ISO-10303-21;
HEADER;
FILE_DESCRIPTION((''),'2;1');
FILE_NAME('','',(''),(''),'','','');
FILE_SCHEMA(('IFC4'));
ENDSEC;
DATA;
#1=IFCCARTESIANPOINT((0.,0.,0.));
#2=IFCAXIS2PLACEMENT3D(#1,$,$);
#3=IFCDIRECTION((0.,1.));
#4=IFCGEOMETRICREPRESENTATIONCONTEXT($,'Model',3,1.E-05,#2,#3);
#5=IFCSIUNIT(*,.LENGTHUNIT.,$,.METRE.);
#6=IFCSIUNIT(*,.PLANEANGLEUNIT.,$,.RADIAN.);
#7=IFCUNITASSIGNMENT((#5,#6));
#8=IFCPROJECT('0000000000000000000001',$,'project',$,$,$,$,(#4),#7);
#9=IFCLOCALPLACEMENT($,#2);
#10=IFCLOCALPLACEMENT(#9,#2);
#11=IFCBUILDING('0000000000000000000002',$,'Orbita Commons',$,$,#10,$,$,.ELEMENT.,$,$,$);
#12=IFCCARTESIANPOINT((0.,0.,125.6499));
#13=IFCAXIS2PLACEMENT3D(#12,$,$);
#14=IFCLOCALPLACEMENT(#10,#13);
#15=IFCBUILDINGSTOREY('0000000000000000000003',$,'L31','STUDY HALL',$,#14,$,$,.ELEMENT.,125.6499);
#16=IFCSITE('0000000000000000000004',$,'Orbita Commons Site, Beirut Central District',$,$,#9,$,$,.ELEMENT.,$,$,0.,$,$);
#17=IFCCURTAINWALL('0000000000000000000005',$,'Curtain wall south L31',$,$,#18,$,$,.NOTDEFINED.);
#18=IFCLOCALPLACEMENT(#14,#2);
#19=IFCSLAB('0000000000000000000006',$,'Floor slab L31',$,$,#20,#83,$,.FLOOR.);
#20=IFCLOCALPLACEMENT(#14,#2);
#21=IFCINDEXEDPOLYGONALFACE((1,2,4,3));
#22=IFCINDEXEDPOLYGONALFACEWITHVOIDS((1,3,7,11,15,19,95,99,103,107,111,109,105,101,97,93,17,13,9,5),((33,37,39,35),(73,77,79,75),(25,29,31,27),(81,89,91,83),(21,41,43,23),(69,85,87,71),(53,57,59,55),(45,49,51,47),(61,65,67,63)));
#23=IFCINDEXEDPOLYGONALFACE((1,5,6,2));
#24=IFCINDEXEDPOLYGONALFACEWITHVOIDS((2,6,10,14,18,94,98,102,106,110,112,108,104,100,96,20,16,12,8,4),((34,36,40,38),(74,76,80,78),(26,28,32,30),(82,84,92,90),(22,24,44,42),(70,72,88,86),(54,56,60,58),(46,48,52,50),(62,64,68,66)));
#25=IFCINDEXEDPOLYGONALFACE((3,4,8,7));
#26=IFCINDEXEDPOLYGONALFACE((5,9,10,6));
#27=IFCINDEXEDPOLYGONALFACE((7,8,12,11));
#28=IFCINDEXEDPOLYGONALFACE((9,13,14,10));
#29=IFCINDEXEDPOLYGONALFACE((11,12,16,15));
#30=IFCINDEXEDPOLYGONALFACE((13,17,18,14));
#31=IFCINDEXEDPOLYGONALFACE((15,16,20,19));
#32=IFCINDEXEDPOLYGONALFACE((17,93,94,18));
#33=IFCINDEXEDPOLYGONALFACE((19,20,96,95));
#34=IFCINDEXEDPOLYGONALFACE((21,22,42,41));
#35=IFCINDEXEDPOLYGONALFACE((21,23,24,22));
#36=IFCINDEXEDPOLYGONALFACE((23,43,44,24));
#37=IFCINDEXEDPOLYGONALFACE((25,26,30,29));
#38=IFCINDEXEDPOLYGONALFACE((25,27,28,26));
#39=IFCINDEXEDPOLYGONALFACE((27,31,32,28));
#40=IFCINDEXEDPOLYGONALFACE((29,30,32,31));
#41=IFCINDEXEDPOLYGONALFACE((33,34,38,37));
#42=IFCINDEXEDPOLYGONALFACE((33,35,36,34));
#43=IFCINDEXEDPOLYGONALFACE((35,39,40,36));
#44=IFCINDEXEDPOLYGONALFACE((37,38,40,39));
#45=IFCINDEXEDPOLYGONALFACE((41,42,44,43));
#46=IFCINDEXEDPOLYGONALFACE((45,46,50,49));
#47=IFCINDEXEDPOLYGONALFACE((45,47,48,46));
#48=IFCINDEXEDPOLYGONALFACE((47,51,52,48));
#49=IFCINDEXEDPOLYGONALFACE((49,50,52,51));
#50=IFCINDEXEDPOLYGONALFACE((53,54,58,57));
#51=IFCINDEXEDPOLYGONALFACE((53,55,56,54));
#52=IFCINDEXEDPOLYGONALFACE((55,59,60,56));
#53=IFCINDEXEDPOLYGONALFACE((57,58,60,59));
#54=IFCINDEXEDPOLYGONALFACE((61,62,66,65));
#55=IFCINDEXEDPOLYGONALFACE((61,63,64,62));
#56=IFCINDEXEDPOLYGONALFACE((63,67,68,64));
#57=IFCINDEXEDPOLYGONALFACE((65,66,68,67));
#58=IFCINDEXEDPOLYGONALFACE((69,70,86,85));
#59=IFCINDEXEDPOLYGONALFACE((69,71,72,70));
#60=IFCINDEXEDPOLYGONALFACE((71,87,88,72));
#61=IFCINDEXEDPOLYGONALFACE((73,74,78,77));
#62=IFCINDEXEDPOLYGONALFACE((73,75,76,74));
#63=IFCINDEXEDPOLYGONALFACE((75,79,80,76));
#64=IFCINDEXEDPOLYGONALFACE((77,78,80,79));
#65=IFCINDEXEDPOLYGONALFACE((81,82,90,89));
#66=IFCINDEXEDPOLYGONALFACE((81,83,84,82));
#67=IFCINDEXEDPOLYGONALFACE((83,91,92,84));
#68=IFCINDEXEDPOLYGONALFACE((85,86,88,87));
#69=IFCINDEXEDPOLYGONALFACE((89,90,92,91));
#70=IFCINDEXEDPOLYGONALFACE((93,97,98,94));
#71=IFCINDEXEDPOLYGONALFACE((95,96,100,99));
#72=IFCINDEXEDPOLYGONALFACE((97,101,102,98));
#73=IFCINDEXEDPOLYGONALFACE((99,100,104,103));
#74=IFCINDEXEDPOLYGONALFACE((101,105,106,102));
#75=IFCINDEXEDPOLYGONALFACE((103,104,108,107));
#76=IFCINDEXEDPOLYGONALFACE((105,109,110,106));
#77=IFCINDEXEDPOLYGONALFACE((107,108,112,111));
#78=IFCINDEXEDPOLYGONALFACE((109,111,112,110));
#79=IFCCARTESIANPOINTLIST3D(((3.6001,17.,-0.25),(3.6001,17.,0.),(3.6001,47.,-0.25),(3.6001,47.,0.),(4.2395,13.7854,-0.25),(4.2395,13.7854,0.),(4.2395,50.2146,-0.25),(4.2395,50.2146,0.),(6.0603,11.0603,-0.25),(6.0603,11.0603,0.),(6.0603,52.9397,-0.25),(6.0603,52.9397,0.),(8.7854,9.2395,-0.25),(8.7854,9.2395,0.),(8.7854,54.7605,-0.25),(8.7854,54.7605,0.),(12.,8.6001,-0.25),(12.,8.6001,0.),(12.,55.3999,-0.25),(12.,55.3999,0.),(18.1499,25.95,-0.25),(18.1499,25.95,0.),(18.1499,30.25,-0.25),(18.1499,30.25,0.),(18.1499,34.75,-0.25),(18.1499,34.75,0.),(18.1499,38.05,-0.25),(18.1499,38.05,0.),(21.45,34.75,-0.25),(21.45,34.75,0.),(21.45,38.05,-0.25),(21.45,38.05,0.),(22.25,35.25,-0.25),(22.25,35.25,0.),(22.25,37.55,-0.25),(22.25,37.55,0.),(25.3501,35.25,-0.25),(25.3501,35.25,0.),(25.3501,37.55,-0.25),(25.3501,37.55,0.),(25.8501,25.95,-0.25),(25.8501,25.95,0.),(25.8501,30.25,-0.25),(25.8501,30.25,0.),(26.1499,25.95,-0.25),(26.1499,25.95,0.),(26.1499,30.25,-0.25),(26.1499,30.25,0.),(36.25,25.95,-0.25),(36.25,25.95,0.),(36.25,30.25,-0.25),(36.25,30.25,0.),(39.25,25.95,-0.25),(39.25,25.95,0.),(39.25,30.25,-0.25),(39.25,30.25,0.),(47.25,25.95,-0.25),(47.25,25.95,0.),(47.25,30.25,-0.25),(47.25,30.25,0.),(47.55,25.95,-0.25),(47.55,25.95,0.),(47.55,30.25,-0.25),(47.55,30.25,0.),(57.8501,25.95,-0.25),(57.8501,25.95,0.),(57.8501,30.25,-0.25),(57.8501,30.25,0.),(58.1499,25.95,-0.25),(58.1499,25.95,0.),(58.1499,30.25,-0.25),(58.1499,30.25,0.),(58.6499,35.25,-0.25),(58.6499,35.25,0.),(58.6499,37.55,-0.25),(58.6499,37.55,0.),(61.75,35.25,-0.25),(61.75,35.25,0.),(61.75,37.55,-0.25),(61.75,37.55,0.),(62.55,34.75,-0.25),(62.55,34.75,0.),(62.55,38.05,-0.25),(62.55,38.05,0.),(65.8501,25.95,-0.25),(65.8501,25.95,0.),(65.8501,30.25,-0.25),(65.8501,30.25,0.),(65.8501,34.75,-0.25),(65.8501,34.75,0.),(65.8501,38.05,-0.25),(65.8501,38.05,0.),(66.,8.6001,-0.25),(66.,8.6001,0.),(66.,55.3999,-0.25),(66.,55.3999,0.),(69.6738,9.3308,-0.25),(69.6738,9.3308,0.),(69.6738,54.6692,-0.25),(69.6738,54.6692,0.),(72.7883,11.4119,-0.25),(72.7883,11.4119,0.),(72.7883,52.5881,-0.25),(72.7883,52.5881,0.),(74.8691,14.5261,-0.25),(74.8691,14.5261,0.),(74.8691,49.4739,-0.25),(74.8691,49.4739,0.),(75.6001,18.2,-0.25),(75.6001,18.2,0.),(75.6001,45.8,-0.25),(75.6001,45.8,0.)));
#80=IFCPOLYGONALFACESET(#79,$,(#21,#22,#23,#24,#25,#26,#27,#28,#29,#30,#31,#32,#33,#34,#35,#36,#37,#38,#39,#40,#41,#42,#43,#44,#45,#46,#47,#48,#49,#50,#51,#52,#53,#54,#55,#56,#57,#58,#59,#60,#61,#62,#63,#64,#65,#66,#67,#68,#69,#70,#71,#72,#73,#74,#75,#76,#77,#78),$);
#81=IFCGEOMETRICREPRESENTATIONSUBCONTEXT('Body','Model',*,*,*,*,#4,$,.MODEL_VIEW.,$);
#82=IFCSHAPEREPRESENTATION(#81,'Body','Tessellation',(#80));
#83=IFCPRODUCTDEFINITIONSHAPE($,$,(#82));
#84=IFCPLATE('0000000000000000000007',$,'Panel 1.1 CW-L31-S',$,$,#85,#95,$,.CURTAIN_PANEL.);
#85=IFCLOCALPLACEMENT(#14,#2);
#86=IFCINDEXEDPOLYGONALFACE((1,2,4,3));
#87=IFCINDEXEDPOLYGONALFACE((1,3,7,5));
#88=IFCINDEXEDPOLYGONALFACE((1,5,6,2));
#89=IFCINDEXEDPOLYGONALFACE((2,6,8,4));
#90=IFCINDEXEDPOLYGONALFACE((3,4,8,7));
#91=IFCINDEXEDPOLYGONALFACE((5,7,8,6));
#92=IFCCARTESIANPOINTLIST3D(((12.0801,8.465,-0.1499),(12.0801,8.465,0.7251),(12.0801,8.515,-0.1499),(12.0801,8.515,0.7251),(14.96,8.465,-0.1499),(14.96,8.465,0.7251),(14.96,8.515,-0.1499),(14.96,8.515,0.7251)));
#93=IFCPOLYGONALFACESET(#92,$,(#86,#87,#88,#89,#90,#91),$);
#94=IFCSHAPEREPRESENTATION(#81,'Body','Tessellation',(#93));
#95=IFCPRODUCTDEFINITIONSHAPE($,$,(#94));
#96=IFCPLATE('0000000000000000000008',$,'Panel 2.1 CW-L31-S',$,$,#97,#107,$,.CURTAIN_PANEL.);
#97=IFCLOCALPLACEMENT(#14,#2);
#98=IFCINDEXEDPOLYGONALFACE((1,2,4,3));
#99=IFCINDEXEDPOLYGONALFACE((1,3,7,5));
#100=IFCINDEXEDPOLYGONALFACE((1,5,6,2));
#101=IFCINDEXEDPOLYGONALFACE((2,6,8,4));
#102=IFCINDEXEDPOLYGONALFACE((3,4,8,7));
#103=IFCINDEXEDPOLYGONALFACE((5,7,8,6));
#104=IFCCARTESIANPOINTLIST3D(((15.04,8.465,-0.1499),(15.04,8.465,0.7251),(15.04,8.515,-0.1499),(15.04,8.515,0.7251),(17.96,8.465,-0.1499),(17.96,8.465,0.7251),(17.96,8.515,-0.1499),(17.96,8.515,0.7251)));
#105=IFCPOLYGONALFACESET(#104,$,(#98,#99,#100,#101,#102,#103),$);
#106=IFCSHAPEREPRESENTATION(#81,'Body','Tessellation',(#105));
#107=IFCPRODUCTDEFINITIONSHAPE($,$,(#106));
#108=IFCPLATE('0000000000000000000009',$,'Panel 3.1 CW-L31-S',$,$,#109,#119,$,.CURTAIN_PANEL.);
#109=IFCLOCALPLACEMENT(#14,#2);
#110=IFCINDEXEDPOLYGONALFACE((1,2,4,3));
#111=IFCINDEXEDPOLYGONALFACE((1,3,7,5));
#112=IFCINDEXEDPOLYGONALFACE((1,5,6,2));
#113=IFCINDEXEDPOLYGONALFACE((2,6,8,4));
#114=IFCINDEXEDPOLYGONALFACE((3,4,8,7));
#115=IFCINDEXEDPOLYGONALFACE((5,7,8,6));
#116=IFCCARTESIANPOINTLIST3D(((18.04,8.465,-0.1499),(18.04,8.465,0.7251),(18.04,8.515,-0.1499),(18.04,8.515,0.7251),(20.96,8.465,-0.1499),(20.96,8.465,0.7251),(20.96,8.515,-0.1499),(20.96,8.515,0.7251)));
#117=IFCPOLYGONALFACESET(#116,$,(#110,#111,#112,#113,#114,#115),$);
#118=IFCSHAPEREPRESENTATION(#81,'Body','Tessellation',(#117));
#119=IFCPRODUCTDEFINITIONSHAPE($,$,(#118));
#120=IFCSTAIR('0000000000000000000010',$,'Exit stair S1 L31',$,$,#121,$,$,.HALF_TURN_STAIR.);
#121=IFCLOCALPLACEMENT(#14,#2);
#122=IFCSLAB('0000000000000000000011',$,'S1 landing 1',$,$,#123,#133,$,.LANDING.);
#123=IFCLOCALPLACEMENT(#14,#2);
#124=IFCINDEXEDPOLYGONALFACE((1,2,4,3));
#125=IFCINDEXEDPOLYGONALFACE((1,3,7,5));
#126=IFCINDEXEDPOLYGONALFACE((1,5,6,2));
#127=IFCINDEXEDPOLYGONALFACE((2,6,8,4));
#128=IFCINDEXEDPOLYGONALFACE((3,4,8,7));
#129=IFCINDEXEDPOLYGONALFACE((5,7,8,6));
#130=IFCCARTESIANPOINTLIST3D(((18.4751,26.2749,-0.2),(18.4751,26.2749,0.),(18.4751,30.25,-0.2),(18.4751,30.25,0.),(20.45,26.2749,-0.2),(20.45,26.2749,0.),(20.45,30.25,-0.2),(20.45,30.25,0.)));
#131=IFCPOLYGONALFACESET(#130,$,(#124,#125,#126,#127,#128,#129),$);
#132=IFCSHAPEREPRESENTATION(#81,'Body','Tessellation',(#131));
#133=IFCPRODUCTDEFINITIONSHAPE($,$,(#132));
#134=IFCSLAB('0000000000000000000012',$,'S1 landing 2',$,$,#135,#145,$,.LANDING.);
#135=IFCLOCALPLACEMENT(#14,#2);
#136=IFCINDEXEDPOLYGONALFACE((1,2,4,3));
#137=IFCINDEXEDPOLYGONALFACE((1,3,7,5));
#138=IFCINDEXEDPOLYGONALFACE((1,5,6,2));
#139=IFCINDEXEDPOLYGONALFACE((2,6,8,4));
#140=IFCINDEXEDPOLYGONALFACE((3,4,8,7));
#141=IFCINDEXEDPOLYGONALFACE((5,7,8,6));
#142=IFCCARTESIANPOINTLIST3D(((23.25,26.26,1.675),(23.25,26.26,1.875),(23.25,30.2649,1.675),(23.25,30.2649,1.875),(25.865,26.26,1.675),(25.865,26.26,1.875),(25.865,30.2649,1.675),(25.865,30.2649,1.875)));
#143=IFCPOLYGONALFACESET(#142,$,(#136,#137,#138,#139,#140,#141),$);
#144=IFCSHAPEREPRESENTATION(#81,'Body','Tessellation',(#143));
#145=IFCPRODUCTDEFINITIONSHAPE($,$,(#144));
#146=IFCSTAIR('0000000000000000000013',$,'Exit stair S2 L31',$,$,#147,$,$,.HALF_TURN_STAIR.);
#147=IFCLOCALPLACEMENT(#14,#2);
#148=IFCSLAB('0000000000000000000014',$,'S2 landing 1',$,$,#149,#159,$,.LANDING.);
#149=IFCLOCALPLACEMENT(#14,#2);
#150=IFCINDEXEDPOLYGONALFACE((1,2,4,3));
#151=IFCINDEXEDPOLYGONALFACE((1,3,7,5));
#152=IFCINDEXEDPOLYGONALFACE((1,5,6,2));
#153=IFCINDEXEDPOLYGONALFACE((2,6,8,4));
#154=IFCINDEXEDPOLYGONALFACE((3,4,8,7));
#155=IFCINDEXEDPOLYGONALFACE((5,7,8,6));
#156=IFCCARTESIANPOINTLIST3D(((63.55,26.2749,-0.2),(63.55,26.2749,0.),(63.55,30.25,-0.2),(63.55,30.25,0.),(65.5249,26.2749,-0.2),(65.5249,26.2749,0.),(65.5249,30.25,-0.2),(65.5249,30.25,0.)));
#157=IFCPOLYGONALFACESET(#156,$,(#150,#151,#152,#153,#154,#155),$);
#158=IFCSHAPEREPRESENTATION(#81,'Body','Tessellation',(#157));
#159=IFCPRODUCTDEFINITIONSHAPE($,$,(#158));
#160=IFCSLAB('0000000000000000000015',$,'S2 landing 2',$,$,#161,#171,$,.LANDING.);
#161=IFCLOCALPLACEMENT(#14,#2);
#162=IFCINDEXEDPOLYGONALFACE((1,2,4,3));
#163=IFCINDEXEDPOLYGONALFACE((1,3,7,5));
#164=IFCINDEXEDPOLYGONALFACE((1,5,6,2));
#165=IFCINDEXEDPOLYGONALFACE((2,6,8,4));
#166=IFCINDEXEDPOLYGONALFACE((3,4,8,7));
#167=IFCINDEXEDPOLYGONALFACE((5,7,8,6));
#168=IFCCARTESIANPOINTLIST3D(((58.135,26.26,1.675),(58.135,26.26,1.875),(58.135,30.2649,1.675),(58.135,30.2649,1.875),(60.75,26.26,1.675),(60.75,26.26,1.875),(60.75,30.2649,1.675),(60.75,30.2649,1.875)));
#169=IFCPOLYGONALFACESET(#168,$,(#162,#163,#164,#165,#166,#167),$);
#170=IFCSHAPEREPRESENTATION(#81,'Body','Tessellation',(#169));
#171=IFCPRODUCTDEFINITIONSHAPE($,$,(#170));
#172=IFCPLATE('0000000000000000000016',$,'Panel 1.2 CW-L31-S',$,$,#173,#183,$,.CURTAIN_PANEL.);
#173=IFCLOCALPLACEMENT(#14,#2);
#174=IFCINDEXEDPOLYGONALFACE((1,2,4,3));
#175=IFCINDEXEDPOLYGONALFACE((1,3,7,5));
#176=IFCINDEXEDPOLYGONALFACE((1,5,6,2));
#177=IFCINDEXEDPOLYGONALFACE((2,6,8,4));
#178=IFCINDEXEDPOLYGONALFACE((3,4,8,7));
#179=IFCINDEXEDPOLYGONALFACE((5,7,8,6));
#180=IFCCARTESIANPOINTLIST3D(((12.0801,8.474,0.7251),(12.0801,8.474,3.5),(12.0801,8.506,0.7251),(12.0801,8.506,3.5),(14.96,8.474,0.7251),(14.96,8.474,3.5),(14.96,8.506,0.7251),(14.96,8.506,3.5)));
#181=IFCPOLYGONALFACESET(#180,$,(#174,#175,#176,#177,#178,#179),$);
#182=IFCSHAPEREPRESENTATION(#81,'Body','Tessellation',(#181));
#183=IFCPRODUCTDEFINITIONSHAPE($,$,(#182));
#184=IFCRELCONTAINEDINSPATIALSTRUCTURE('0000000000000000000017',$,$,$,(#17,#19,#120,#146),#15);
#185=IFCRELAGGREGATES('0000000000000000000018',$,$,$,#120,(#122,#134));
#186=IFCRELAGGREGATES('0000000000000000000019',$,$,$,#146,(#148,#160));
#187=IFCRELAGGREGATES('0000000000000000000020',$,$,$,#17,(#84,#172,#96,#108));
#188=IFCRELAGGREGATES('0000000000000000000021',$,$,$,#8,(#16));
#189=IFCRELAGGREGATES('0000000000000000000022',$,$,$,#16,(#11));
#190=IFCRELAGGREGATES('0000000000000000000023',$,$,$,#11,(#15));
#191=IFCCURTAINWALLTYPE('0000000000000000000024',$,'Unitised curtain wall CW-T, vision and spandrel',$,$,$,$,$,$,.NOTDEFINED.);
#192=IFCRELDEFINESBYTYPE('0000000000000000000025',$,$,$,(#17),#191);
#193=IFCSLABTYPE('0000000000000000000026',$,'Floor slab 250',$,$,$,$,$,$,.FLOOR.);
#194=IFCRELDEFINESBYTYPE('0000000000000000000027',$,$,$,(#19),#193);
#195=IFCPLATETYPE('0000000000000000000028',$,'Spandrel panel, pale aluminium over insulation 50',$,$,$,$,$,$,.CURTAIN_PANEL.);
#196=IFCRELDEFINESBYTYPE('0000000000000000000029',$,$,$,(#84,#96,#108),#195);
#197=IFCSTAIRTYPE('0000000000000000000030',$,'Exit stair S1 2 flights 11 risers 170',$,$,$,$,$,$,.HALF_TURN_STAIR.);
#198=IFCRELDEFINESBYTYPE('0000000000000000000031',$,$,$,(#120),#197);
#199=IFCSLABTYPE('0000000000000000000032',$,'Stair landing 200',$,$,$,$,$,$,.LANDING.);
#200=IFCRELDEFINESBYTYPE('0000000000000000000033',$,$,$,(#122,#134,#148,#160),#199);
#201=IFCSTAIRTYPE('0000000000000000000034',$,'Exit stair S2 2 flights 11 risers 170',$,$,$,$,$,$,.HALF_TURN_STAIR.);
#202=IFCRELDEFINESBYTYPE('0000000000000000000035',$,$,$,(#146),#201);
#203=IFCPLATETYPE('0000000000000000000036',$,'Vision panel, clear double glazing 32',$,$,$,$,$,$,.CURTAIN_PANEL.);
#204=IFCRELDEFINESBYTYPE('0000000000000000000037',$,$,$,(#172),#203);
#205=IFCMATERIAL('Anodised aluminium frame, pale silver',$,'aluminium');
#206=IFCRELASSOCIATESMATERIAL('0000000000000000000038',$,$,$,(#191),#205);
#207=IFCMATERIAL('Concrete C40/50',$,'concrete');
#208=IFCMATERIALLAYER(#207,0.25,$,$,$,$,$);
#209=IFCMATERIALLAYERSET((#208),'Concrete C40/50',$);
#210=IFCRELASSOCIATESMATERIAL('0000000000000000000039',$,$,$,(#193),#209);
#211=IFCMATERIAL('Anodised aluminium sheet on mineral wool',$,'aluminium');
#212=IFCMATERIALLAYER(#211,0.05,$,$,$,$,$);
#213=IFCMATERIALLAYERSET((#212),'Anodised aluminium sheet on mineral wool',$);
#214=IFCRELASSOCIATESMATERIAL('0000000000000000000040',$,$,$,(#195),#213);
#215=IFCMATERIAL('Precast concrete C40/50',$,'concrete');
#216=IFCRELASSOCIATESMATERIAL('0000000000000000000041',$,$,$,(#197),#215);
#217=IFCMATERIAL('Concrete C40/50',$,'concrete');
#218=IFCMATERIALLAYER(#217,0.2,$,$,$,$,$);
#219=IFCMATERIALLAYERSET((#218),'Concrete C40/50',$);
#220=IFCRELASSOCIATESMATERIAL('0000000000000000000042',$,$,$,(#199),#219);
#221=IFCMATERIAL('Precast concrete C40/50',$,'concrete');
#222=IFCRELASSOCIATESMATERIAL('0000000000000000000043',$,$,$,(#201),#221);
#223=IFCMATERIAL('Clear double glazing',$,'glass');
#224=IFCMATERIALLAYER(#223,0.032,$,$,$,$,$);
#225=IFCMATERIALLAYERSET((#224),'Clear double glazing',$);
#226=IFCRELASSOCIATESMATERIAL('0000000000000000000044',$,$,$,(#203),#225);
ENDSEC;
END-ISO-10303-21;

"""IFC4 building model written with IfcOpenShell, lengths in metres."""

from ifc_helpers import new_model, si_unit, direction, frame, origin, origin_2d, place, context, subcontext, project, spatial, polyline, rectangle, outline, extrude, material, layer, layer_set, type_object, element, aggregate, save


model = new_model("IFC4")

# Units and contexts
model_context = context("Model", 3, precision=1e-05, world=origin(), true_north=direction((0.0, 1.0)))
body_context = subcontext(model_context, "Body", "Model", "MODEL_VIEW")
ifc_project = project(units=[si_unit("LENGTHUNIT", "METRE"), si_unit("PLANEANGLEUNIT", "RADIAN")], contexts=[model_context])

# Site, building, storey
site_placement = place(None, origin())
site = spatial("IfcSite", under=ifc_project, at=site_placement, Name="Orbita Commons Site, Beirut Central District", CompositionType="ELEMENT", RefElevation=0.0)
building_placement = place(site_placement, origin())
building = spatial("IfcBuilding", under=site, at=building_placement, Name="Orbita Commons", CompositionType="ELEMENT")
storey_placement = place(building_placement, frame((0.0, 0.0, 125.6499)))
storey = spatial("IfcBuildingStorey", under=building, at=storey_placement, Name="L31", Description="STUDY HALL", CompositionType="ELEMENT", Elevation=125.6499)

# Curtain wall
ifc_material_1 = material(Name="Anodised aluminium frame, pale silver", Category="aluminium")
curtain_wall_type = type_object("IfcCurtainWallType", Name="Unitised curtain wall CW-T, vision and spandrel", PredefinedType="NOTDEFINED", material=ifc_material_1)
curtain_wall_placement = place(storey_placement, origin())
curtain_wall = element("IfcCurtainWall", 1, at=curtain_wall_placement, inside=storey, type_object=curtain_wall_type, Name="Curtain wall south L31", PredefinedType="NOTDEFINED")

# Slab
ifc_material_2 = material(Name="Concrete C40/50", Category="concrete")
ifc_layer_1 = layer(ifc_material_2, 0.25)
ifc_layer_set_1 = layer_set([ifc_layer_1], Name="Concrete C40/50")
slab_type_1 = type_object("IfcSlabType", Name="Floor slab 250", PredefinedType="FLOOR", material=ifc_layer_set_1)
slab_1_placement = place(storey_placement, frame((0.0, 0.0, -0.25)))
element("IfcSlab", 2, at=slab_1_placement, inside=storey, type_object=slab_type_1, Name="Floor slab L31", PredefinedType="FLOOR", context=body_context, shape_type="SweptSolid", body=[
    extrude(outline(polyline([(66.0, 8.6001), (69.6738, 9.3308), (72.7883, 11.4119), (74.8691, 14.5261), (75.6001, 18.2), (75.6001, 45.8), (74.8691, 49.4739), (72.7883, 52.5881), (69.6738, 54.6692), (66.0, 55.3999), (12.0, 55.3999), (8.7854, 54.7605), (6.0603, 52.9397), (4.2395, 50.2146), (3.6001, 47.0), (3.6001, 17.0), (4.2395, 13.7854), (6.0603, 11.0603), (8.7854, 9.2395), (12.0, 8.6001), (66.0, 8.6001)]), holes=[polyline([(18.1499, 25.95), (25.8501, 25.95), (25.8501, 30.25), (18.1499, 30.25), (18.1499, 25.95)]), polyline([(58.1499, 25.95), (65.8501, 25.95), (65.8501, 30.25), (58.1499, 30.25), (58.1499, 25.95)]), polyline([(18.1499, 34.75), (21.45, 34.75), (21.45, 38.05), (18.1499, 38.05), (18.1499, 34.75)]), polyline([(62.55, 34.75), (65.8501, 34.75), (65.8501, 38.05), (62.55, 38.05), (62.55, 34.75)]), polyline([(22.25, 35.25), (25.3501, 35.25), (25.3501, 37.55), (22.25, 37.55), (22.25, 35.25)]), polyline([(58.6499, 35.25), (61.75, 35.25), (61.75, 37.55), (58.6499, 37.55), (58.6499, 35.25)]), polyline([(26.1499, 25.95), (36.25, 25.95), (36.25, 30.25), (26.1499, 30.25), (26.1499, 25.95)]), polyline([(39.25, 25.95), (47.25, 25.95), (47.25, 30.25), (39.25, 30.25), (39.25, 25.95)]), polyline([(47.55, 25.95), (57.8501, 25.95), (57.8501, 30.25), (47.55, 30.25), (47.55, 25.95)])]), origin(), (0.0, 0.0, 1.0), 0.25),
])

# Plates
ifc_material_3 = material(Name="Anodised aluminium sheet on mineral wool", Category="aluminium")
ifc_layer_2 = layer(ifc_material_3, 0.05)
ifc_layer_set_2 = layer_set([ifc_layer_2], Name="Anodised aluminium sheet on mineral wool")
plate_type_1 = type_object("IfcPlateType", Name="Spandrel panel, pale aluminium over insulation 50", PredefinedType="CURTAIN_PANEL", material=ifc_layer_set_2)
plate_1_placement = place(storey_placement, frame((13.52, 8.49, -0.1499), z_axis=(0.0, 0.0, 1.0), x_axis=(1.0, 0.0, 0.0)))
plate_1 = element("IfcPlate", 3, at=plate_1_placement, type_object=plate_type_1, Name="Panel 1.1 CW-L31-S", PredefinedType="CURTAIN_PANEL", context=body_context, shape_type="SweptSolid", body=[
    extrude(rectangle(XDim=2.8799, YDim=0.05, at=origin_2d()), origin(), (0.0, 0.0, 1.0), 0.875),
])
plate_2_placement = place(storey_placement, frame((16.5, 8.49, -0.1499), z_axis=(0.0, 0.0, 1.0), x_axis=(1.0, 0.0, 0.0)))
plate_2 = element("IfcPlate", 4, at=plate_2_placement, type_object=plate_type_1, Name="Panel 2.1 CW-L31-S", PredefinedType="CURTAIN_PANEL", context=body_context, shape_type="SweptSolid", body=[
    extrude(rectangle(XDim=2.9199, YDim=0.05, at=origin_2d()), origin(), (0.0, 0.0, 1.0), 0.875),
])
plate_3_placement = place(storey_placement, frame((19.5, 8.49, -0.1499), z_axis=(0.0, 0.0, 1.0), x_axis=(1.0, 0.0, 0.0)))
plate_3 = element("IfcPlate", 5, at=plate_3_placement, type_object=plate_type_1, Name="Panel 3.1 CW-L31-S", PredefinedType="CURTAIN_PANEL", context=body_context, shape_type="SweptSolid", body=[
    extrude(rectangle(XDim=2.9199, YDim=0.05, at=origin_2d()), origin(), (0.0, 0.0, 1.0), 0.875),
])

# Stairs, slabs
ifc_material_4 = material(Name="Precast concrete C40/50", Category="concrete")
stair_type_1 = type_object("IfcStairType", Name="Exit stair S1 2 flights 11 risers 170", PredefinedType="HALF_TURN_STAIR", material=ifc_material_4)
stair_1_placement = place(storey_placement, origin())
stair_1 = element("IfcStair", 6, at=stair_1_placement, inside=storey, type_object=stair_type_1, Name="Exit stair S1 L31", PredefinedType="HALF_TURN_STAIR")
ifc_material_5 = material(Name="Concrete C40/50", Category="concrete")
ifc_layer_3 = layer(ifc_material_5, 0.2)
ifc_layer_set_3 = layer_set([ifc_layer_3], Name="Concrete C40/50")
slab_type_2 = type_object("IfcSlabType", Name="Stair landing 200", PredefinedType="LANDING", material=ifc_layer_set_3)
slab_2_placement = place(storey_placement, frame((0.0, 0.0, -0.2)))
slab_2 = element("IfcSlab", 7, at=slab_2_placement, type_object=slab_type_2, Name="S1 landing 1", PredefinedType="LANDING", context=body_context, shape_type="SweptSolid", body=[
    extrude(outline(polyline([(18.4751, 26.2749), (20.45, 26.2749), (20.45, 30.25), (18.4751, 30.25), (18.4751, 26.2749)])), origin(), (0.0, 0.0, 1.0), 0.2),
])
slab_3_placement = place(storey_placement, frame((0.0, 0.0, 1.675)))
slab_3 = element("IfcSlab", 8, at=slab_3_placement, type_object=slab_type_2, Name="S1 landing 2", PredefinedType="LANDING", context=body_context, shape_type="SweptSolid", body=[
    extrude(outline(polyline([(23.25, 26.26), (25.865, 26.26), (25.865, 30.2649), (23.25, 30.2649), (23.25, 26.26)])), origin(), (0.0, 0.0, 1.0), 0.2),
])
aggregate(stair_1, [slab_2, slab_3])
ifc_material_6 = material(Name="Precast concrete C40/50", Category="concrete")
stair_type_2 = type_object("IfcStairType", Name="Exit stair S2 2 flights 11 risers 170", PredefinedType="HALF_TURN_STAIR", material=ifc_material_6)
stair_2_placement = place(storey_placement, origin())
stair_2 = element("IfcStair", 9, at=stair_2_placement, inside=storey, type_object=stair_type_2, Name="Exit stair S2 L31", PredefinedType="HALF_TURN_STAIR")
slab_4_placement = place(storey_placement, frame((0.0, 0.0, -0.2)))
slab_4 = element("IfcSlab", 10, at=slab_4_placement, type_object=slab_type_2, Name="S2 landing 1", PredefinedType="LANDING", context=body_context, shape_type="SweptSolid", body=[
    extrude(outline(polyline([(63.55, 26.2749), (65.5249, 26.2749), (65.5249, 30.25), (63.55, 30.25), (63.55, 26.2749)])), origin(), (0.0, 0.0, 1.0), 0.2),
])
slab_5_placement = place(storey_placement, frame((0.0, 0.0, 1.675)))
slab_5 = element("IfcSlab", 11, at=slab_5_placement, type_object=slab_type_2, Name="S2 landing 2", PredefinedType="LANDING", context=body_context, shape_type="SweptSolid", body=[
    extrude(outline(polyline([(58.135, 26.26), (60.75, 26.26), (60.75, 30.2649), (58.135, 30.2649), (58.135, 26.26)])), origin(), (0.0, 0.0, 1.0), 0.2),
])
aggregate(stair_2, [slab_4, slab_5])

# Plate
ifc_material_7 = material(Name="Clear double glazing", Category="glass")
ifc_layer_4 = layer(ifc_material_7, 0.032)
ifc_layer_set_4 = layer_set([ifc_layer_4], Name="Clear double glazing")
plate_type_2 = type_object("IfcPlateType", Name="Vision panel, clear double glazing 32", PredefinedType="CURTAIN_PANEL", material=ifc_layer_set_4)
plate_4_placement = place(storey_placement, frame((13.52, 8.49, 0.7251), z_axis=(0.0, 0.0, 1.0), x_axis=(1.0, 0.0, 0.0)))
plate_4 = element("IfcPlate", 12, at=plate_4_placement, type_object=plate_type_2, Name="Panel 1.2 CW-L31-S", PredefinedType="CURTAIN_PANEL", context=body_context, shape_type="SweptSolid", body=[
    extrude(rectangle(XDim=2.8799, YDim=0.032, at=origin_2d()), origin(), (0.0, 0.0, 1.0), 2.7749),
])
aggregate(curtain_wall, [plate_1, plate_4, plate_2, plate_3])

save(model, "model.ifc")
